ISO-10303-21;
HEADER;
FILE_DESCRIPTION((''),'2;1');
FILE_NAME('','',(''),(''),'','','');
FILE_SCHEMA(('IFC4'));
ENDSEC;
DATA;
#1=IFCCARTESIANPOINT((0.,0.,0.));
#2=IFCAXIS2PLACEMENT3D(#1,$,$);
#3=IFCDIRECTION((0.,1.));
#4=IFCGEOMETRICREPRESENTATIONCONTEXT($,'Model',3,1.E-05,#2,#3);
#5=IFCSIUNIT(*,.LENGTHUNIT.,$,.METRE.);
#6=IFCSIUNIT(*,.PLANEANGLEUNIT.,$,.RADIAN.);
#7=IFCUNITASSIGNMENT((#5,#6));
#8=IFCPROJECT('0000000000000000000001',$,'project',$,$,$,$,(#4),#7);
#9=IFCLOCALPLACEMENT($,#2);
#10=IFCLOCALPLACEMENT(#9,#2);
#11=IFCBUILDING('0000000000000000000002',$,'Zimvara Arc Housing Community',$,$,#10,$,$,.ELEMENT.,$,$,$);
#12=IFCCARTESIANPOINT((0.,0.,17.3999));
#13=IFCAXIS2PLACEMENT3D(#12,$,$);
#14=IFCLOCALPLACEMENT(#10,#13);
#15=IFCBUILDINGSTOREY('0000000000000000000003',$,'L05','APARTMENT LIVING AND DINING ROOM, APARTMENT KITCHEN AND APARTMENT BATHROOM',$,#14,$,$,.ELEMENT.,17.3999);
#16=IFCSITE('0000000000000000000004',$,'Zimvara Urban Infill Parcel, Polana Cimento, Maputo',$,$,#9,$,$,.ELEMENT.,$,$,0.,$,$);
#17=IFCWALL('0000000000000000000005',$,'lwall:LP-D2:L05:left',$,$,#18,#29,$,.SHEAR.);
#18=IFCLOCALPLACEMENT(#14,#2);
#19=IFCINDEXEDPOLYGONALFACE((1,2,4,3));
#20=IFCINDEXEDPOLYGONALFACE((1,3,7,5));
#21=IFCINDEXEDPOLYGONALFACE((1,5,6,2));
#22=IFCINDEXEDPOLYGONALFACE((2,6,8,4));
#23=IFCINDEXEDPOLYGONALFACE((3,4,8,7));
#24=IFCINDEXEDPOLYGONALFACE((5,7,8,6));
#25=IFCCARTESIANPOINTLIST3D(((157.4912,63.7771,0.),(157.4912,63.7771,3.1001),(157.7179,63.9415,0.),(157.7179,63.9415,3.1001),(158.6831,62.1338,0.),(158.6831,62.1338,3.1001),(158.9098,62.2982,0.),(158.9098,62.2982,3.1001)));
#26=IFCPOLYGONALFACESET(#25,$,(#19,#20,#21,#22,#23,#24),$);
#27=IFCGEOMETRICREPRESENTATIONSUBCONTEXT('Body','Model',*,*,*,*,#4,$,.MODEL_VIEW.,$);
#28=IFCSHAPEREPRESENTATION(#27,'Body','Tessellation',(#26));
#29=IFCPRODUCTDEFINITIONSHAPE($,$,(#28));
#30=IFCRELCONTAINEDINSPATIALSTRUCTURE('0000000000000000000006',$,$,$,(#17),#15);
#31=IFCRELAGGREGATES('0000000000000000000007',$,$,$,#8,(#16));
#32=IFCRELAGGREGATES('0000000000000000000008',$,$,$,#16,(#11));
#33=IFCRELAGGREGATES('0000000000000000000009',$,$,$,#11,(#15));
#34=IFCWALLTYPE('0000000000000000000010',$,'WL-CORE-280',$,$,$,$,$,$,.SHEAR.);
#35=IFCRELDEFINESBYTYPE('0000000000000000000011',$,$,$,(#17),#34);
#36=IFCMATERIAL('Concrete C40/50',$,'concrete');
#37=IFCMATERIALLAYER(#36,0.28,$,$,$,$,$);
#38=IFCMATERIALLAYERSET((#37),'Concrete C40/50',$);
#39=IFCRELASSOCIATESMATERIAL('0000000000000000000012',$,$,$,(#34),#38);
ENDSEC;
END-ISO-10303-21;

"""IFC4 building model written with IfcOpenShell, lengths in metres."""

from ifc_helpers import new_model, si_unit, direction, frame, frame_2d, origin, place, context, subcontext, project, spatial, rectangle, extrude, material, layer, layer_set, type_object, element, save


model = new_model("IFC4")

# Units and contexts
model_context = context("Model", 3, precision=1e-05, world=origin(), true_north=direction((0.0, 1.0)))
body_context = subcontext(model_context, "Body", "Model", "MODEL_VIEW")
ifc_project = project(units=[si_unit("LENGTHUNIT", "METRE"), si_unit("PLANEANGLEUNIT", "RADIAN")], contexts=[model_context])

# Site, building, storey
site_placement = place(None, origin())
site = spatial("IfcSite", under=ifc_project, at=site_placement, Name="Zimvara Urban Infill Parcel, Polana Cimento, Maputo", CompositionType="ELEMENT", RefElevation=0.0)
building_placement = place(site_placement, origin())
building = spatial("IfcBuilding", under=site, at=building_placement, Name="Zimvara Arc Housing Community", CompositionType="ELEMENT")
storey_placement = place(building_placement, frame((0.0, 0.0, 17.3999)))
storey = spatial("IfcBuildingStorey", under=building, at=storey_placement, Name="L05", Description="APARTMENT LIVING AND DINING ROOM, APARTMENT KITCHEN AND APARTMENT BATHROOM", CompositionType="ELEMENT", Elevation=17.3999)

# Shared definitions
ifc_material_1 = material(Name="Concrete C40/50", Category="concrete")
ifc_layer_1 = layer(ifc_material_1, 0.28)
ifc_layer_set_1 = layer_set([ifc_layer_1], Name="Concrete C40/50")
wall_type_1 = type_object("IfcWallType", Name="WL-CORE-280", PredefinedType="SHEAR", material=ifc_layer_set_1)

# Wall
wall_1_placement = place(storey_placement, frame((157.6045, 63.8594, 0.0), z_axis=(0.0, 0.0, 1.0), x_axis=(0.587127, -0.809495, 0.0)))
element("IfcWall", 1, at=wall_1_placement, inside=storey, type_object=wall_type_1, Name="lwall:LP-D2:L05:left", PredefinedType="SHEAR", context=body_context, shape_type="SweptSolid", body=[
    extrude(rectangle(XDim=2.03, YDim=0.28, at=frame_2d((1.0151, 0.0))), origin(), (0.0, 0.0, 1.0), 3.1001),
])

save(model, "model.ifc")
